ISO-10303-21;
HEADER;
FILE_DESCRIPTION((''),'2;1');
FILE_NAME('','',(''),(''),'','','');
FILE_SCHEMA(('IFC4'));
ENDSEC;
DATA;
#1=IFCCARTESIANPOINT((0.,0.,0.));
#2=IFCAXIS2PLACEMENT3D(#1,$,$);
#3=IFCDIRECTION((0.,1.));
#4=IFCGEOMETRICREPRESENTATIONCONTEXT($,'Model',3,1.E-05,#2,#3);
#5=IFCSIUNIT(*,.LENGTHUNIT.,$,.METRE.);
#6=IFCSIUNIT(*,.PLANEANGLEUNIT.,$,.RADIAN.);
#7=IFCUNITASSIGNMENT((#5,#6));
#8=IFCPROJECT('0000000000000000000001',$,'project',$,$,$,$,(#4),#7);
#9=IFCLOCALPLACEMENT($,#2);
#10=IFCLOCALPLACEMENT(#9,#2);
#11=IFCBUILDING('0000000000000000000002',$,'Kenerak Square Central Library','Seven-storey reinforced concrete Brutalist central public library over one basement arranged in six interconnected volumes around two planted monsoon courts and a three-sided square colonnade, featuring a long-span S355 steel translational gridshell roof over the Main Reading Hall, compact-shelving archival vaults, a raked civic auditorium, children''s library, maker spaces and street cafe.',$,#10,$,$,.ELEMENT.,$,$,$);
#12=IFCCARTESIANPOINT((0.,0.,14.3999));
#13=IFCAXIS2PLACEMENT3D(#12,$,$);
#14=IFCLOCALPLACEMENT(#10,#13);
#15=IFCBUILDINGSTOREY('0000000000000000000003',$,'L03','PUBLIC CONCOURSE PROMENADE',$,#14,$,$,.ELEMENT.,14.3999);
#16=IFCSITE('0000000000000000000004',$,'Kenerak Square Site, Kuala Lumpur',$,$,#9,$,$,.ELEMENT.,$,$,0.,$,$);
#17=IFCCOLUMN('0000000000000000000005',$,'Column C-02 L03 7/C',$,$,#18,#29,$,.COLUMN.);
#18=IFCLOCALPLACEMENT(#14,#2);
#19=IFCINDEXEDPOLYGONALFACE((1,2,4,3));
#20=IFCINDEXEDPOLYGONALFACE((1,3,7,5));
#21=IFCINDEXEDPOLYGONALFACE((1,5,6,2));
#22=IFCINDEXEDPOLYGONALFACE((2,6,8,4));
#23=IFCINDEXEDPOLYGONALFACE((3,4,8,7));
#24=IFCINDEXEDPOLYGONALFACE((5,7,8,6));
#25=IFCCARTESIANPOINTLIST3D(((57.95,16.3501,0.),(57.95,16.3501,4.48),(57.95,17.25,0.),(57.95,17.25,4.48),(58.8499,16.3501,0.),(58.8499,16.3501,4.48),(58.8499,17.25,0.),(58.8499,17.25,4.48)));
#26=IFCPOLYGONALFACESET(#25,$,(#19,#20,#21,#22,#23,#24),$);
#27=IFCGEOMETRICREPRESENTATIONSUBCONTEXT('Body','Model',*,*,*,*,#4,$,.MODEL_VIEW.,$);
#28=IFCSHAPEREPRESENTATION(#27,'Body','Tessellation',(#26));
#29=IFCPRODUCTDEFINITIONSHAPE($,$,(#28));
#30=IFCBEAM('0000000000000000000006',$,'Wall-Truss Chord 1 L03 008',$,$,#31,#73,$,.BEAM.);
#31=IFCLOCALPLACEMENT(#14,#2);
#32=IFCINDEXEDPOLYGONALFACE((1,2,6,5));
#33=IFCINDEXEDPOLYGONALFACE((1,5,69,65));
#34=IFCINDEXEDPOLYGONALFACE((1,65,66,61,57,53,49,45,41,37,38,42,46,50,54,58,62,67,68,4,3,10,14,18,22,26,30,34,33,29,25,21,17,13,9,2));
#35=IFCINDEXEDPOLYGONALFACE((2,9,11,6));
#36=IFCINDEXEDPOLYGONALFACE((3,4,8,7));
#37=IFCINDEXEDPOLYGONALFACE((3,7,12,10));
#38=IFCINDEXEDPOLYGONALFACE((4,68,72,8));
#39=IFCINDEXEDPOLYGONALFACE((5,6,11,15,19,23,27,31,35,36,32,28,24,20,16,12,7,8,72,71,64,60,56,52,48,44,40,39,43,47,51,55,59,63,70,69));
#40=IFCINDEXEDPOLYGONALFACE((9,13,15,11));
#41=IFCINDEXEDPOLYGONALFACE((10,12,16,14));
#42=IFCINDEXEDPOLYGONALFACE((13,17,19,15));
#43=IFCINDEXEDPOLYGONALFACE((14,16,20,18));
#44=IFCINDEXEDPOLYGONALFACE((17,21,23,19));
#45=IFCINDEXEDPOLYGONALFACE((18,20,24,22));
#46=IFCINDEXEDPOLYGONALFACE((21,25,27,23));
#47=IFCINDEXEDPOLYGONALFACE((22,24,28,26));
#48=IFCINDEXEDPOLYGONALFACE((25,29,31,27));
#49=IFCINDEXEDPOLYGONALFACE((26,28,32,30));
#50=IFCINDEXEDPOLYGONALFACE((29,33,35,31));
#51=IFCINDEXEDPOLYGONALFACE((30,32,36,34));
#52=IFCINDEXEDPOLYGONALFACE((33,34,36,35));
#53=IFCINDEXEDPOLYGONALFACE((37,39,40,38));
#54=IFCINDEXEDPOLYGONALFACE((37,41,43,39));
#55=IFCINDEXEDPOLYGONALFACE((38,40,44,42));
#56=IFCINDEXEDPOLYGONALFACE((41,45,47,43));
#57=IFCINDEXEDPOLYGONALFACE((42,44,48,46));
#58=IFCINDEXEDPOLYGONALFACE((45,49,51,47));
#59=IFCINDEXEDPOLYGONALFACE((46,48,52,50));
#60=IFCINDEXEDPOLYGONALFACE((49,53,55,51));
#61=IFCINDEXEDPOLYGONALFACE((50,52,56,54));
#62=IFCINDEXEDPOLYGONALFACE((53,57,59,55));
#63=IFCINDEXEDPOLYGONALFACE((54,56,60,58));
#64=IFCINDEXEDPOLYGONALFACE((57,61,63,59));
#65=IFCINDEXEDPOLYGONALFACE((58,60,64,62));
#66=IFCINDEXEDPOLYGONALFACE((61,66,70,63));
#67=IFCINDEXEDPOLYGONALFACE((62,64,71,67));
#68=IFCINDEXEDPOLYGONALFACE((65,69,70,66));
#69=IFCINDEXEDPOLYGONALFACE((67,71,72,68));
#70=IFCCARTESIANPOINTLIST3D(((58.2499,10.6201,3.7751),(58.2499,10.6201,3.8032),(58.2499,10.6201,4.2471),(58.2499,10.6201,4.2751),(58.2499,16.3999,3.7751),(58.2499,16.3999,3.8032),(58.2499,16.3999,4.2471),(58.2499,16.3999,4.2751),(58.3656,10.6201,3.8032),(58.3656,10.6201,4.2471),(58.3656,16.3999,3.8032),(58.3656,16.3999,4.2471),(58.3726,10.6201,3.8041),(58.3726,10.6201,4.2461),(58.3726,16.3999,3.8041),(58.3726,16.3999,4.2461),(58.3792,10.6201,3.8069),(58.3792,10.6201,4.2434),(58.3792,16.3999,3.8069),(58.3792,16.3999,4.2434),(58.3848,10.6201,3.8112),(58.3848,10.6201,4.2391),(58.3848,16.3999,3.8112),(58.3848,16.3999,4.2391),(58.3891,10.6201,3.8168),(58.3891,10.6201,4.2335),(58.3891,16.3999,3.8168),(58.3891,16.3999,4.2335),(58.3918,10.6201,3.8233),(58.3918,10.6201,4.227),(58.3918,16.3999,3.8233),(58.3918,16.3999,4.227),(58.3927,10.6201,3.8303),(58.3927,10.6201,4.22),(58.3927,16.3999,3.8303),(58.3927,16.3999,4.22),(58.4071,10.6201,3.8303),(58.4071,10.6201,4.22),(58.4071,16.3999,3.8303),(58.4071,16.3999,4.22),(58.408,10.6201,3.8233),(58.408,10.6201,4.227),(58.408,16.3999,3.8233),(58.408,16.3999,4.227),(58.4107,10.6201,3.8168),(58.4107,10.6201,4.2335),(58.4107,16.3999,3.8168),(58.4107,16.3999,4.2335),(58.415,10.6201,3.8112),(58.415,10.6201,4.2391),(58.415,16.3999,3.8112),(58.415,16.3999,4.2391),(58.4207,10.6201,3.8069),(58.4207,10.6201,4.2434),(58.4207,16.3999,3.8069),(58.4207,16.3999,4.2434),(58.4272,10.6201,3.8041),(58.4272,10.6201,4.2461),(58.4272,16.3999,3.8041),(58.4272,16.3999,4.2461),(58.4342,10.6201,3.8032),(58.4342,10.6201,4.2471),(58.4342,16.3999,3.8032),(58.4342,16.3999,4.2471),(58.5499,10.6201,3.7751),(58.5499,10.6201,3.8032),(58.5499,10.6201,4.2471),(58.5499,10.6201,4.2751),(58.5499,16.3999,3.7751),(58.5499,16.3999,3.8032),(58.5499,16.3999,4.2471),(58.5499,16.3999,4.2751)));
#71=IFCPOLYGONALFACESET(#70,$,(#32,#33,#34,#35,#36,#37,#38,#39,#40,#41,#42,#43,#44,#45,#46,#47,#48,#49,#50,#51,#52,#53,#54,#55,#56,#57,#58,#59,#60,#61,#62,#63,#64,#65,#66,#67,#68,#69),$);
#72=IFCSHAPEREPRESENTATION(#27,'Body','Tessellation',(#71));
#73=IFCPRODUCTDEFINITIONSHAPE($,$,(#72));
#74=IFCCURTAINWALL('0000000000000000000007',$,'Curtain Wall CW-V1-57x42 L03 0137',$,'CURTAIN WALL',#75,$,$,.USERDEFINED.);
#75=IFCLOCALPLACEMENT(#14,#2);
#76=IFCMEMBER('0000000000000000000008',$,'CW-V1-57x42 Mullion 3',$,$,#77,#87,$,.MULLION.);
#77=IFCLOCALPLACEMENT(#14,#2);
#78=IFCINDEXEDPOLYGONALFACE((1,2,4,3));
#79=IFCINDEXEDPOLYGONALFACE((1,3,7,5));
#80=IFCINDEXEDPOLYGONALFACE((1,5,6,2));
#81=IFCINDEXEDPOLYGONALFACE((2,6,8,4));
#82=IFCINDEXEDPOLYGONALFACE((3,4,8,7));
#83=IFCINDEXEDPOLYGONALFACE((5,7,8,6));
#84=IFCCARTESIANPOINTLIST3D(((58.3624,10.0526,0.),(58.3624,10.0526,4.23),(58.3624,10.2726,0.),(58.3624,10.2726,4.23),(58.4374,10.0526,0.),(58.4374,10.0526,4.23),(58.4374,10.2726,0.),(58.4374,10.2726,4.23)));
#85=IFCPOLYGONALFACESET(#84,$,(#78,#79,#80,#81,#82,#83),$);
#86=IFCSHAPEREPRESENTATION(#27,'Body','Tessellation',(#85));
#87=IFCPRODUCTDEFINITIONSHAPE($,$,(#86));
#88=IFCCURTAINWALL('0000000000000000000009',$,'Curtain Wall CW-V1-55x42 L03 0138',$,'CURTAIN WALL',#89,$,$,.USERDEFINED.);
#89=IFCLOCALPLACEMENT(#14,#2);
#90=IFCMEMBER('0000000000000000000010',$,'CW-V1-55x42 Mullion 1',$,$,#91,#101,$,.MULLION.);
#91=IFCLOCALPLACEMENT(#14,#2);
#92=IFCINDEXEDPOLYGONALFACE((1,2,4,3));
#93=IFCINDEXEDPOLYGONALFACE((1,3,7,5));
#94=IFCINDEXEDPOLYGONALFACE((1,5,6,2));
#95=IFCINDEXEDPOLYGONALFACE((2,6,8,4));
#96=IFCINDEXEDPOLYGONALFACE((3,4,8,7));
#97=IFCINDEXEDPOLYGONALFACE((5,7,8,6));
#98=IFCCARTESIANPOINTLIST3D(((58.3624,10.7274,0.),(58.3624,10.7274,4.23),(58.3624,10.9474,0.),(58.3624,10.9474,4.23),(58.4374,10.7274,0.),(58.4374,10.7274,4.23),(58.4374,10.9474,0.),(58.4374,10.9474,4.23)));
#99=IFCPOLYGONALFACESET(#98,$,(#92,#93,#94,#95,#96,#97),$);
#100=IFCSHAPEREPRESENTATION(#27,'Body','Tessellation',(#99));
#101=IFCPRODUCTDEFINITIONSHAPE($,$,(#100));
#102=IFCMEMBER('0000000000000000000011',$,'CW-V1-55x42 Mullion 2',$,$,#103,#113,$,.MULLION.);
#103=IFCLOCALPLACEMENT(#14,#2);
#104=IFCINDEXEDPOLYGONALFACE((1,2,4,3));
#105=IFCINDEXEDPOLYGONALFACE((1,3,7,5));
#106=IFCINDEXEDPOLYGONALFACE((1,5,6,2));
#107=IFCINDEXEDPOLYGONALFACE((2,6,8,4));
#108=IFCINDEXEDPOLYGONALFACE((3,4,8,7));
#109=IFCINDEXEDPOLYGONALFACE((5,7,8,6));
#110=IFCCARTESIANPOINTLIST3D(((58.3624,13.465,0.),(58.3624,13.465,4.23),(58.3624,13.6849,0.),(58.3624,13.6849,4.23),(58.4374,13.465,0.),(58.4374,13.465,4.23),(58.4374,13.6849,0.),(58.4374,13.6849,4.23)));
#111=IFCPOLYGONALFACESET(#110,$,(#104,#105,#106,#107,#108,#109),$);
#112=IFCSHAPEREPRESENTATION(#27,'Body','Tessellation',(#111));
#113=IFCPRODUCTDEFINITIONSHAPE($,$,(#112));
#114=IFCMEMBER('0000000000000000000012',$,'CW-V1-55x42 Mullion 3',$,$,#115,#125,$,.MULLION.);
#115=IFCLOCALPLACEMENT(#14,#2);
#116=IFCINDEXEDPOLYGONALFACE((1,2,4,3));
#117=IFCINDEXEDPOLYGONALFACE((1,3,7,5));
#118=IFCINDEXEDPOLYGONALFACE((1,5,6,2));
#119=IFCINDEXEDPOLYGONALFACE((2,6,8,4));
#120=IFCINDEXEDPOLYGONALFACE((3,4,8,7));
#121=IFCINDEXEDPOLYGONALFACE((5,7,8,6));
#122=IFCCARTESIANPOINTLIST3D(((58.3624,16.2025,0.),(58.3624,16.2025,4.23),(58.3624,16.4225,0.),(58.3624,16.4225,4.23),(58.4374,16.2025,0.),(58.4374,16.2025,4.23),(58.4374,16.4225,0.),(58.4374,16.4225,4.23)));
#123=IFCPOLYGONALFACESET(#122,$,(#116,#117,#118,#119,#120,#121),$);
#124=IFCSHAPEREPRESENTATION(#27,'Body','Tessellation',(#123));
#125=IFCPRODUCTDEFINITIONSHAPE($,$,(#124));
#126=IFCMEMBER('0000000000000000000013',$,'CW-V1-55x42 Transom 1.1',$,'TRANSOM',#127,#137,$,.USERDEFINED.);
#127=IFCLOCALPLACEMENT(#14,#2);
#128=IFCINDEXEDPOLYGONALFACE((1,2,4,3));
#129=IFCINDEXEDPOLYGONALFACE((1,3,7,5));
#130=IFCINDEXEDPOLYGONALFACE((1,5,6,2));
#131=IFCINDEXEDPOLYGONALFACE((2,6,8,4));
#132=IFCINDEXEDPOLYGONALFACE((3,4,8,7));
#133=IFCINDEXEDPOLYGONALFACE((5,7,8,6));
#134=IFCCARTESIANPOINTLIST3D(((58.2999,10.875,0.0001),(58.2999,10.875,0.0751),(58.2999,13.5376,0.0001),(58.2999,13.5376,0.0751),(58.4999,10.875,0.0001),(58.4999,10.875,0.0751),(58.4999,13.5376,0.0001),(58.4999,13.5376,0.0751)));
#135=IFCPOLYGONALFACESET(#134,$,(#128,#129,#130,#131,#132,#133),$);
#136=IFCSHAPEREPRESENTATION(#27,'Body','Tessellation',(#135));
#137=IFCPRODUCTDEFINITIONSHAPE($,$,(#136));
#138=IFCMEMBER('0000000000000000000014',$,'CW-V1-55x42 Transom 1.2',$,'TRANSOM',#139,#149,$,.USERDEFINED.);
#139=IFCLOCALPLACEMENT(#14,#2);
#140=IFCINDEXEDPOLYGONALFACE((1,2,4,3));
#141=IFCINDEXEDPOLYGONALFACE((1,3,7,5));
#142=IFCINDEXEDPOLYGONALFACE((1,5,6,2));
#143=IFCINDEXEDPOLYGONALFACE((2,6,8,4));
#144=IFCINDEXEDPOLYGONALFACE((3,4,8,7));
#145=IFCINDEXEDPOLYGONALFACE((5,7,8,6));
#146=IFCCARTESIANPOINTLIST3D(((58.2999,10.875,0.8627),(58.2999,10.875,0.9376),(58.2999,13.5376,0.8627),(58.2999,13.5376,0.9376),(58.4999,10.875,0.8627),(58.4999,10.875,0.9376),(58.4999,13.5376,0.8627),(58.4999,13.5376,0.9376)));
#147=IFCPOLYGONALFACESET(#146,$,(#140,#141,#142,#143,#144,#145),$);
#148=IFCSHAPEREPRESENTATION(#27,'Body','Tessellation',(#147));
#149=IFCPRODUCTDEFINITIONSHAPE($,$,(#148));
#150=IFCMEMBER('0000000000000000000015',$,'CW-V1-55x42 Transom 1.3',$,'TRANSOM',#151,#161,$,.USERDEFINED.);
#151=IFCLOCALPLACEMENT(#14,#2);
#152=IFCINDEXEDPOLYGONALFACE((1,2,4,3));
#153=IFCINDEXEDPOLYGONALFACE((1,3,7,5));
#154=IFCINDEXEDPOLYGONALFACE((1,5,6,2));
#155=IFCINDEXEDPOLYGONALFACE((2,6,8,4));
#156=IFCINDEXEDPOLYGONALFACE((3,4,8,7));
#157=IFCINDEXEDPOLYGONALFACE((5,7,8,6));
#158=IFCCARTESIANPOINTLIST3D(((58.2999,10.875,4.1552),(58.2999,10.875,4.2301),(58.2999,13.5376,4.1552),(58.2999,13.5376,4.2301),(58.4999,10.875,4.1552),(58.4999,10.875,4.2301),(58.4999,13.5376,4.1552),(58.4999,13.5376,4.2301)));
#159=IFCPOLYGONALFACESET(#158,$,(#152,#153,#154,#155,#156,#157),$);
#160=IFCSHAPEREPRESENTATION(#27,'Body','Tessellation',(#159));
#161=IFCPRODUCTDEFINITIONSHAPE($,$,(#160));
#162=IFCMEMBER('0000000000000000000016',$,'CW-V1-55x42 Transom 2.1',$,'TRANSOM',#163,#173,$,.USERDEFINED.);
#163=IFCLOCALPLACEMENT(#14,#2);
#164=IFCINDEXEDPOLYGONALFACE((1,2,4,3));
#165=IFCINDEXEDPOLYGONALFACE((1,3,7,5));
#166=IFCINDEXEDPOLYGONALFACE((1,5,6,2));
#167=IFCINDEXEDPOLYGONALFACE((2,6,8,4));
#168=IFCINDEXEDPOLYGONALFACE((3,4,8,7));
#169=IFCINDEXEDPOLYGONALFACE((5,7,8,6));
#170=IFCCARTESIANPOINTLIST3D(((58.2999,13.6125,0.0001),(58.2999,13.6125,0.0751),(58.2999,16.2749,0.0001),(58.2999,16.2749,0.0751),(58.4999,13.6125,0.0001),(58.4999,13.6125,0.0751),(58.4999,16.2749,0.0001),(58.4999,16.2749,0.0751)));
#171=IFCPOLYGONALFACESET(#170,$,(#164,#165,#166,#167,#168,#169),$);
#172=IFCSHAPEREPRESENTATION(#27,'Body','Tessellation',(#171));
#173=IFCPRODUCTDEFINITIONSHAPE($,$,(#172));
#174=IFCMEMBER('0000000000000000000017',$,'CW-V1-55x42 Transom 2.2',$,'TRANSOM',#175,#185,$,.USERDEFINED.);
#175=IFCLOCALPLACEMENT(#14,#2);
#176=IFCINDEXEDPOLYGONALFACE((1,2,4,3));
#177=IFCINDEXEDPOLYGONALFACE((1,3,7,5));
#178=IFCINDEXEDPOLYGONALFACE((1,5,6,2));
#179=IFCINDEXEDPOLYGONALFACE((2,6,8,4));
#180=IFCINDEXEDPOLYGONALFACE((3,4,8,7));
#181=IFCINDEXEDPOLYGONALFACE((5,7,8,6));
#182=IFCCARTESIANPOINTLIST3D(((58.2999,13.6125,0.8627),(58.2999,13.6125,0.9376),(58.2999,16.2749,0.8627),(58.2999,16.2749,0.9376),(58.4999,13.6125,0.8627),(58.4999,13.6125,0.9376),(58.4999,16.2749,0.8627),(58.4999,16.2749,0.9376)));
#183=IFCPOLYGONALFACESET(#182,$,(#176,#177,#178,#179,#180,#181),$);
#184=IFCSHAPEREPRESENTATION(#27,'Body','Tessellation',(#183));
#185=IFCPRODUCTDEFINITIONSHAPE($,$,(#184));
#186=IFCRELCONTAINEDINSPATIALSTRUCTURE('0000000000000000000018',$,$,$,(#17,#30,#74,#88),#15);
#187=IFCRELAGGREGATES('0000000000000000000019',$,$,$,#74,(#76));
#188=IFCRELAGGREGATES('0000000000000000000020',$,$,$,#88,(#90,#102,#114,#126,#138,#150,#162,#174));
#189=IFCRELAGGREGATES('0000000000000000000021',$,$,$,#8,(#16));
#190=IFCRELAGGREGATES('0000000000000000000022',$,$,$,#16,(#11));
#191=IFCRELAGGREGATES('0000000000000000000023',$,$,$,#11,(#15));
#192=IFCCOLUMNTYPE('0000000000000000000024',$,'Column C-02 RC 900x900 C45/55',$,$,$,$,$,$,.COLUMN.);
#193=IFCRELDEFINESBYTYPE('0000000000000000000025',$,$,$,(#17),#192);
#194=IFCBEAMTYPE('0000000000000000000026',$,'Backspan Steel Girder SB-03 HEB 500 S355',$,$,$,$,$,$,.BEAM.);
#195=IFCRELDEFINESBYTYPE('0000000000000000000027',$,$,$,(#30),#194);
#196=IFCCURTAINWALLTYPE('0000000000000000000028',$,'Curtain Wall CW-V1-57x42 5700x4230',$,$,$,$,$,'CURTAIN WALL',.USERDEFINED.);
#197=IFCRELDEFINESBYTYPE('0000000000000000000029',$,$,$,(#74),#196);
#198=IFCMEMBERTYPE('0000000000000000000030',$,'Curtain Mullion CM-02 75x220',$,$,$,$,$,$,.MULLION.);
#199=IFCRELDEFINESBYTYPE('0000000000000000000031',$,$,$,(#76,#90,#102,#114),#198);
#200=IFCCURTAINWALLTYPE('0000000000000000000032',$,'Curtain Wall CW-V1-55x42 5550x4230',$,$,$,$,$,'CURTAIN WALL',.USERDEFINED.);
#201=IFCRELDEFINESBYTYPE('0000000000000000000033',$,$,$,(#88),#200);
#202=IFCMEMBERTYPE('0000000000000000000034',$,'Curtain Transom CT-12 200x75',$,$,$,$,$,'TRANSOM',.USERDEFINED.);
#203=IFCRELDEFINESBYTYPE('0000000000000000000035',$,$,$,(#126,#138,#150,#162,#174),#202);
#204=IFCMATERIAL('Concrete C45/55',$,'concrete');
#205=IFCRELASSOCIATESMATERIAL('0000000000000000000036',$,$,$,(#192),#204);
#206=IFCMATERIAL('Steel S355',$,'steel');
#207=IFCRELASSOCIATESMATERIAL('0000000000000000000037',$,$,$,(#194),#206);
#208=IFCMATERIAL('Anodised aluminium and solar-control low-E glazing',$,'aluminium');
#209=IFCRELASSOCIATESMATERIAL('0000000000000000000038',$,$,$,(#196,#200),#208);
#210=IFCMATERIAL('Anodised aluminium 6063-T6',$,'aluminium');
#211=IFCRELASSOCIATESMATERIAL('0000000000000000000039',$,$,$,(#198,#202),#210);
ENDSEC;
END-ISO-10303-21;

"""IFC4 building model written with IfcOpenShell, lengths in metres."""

from ifc_helpers import new_model, si_unit, direction, frame, origin, origin_2d, place, context, subcontext, project, spatial, rectangle, i_section, extrude, material, material_profile, profile_set, type_object, element, aggregate, save


model = new_model("IFC4")

# Units and contexts
model_context = context("Model", 3, precision=1e-05, world=origin(), true_north=direction((0.0, 1.0)))
body_context = subcontext(model_context, "Body", "Model", "MODEL_VIEW")
ifc_project = project(units=[si_unit("LENGTHUNIT", "METRE"), si_unit("PLANEANGLEUNIT", "RADIAN")], contexts=[model_context])

# Site, building, storey
site_placement = place(None, origin())
site = spatial("IfcSite", under=ifc_project, at=site_placement, Name="Kenerak Square Site, Kuala Lumpur", CompositionType="ELEMENT", RefElevation=0.0)
building_placement = place(site_placement, origin())
building = spatial("IfcBuilding", under=site, at=building_placement, Name="Kenerak Square Central Library", Description="Seven-storey reinforced concrete Brutalist central public library over one basement arranged in six interconnected volumes around two planted monsoon courts and a three-sided square colonnade, featuring a long-span S355 steel translational gridshell roof over the Main Reading Hall, compact-shelving archival vaults, a raked civic auditorium, children's library, maker spaces and street cafe.", CompositionType="ELEMENT")
storey_placement = place(building_placement, frame((0.0, 0.0, 14.3999)))
storey = spatial("IfcBuildingStorey", under=building, at=storey_placement, Name="L03", Description="PUBLIC CONCOURSE PROMENADE", CompositionType="ELEMENT", Elevation=14.3999)

# Column
ifc_material_1 = material(Name="Concrete C45/55", Category="concrete")
ifc_material_profile_1 = material_profile(ifc_material_1, rectangle(XDim=0.8999, YDim=0.8999, at=origin_2d()), Name="RC 900x900")
ifc_profile_set_1 = profile_set([ifc_material_profile_1], Name="Concrete C45/55")
column_type = type_object("IfcColumnType", Name="Column C-02 RC 900x900 C45/55", PredefinedType="COLUMN", material=ifc_profile_set_1)
column_placement = place(storey_placement, frame((58.3999, 16.8, 0.0), z_axis=(0.0, 0.0, 1.0), x_axis=(1.0, 0.0, 0.0)))
element("IfcColumn", 1, at=column_placement, inside=storey, type_object=column_type, Name="Column C-02 L03 7/C", PredefinedType="COLUMN", context=body_context, shape_type="SweptSolid", body=[
    extrude(rectangle(XDim=0.8999, YDim=0.8999, at=origin_2d()), origin(), (0.0, 0.0, 1.0), 4.48),
])

# Beam
ifc_material_2 = material(Name="Steel S355", Category="steel")
ifc_material_profile_2 = material_profile(ifc_material_2, i_section(OverallWidth=0.3, OverallDepth=0.5, WebThickness=0.0144, FlangeThickness=0.0281, FilletRadius=0.0271, at=origin_2d()), Name="HEB 500")
ifc_profile_set_2 = profile_set([ifc_material_profile_2], Name="Steel S355")
beam_type_1 = type_object("IfcBeamType", Name="Backspan Steel Girder SB-03 HEB 500 S355", PredefinedType="BEAM", material=ifc_profile_set_2)
beam_1_placement = place(storey_placement, frame((58.3999, 10.6201, 4.0251), z_axis=(0.0, 1.0, 0.0), x_axis=(-1.0, 0.0, 0.0)))
element("IfcBeam", 2, at=beam_1_placement, inside=storey, type_object=beam_type_1, Name="Wall-Truss Chord 1 L03 008", PredefinedType="BEAM", context=body_context, shape_type="SweptSolid", body=[
    extrude(i_section(OverallWidth=0.3, OverallDepth=0.5, WebThickness=0.0144, FlangeThickness=0.0281, FilletRadius=0.0271, at=origin_2d()), origin(), (0.0, 0.0, 1.0), 5.7798),
])

# Curtain wall, member
ifc_material_3 = material(Name="Anodised aluminium and solar-control low-E glazing", Category="aluminium")
curtain_wall_type_1 = type_object("IfcCurtainWallType", Name="Curtain Wall CW-V1-57x42 5700x4230", ElementType="CURTAIN WALL", PredefinedType="USERDEFINED", material=ifc_material_3)
curtain_wall_1_placement = place(storey_placement, origin())
curtain_wall_1 = element("IfcCurtainWall", 3, at=curtain_wall_1_placement, inside=storey, type_object=curtain_wall_type_1, Name="Curtain Wall CW-V1-57x42 L03 0137", ObjectType="CURTAIN WALL", PredefinedType="USERDEFINED")
ifc_material_4 = material(Name="Anodised aluminium 6063-T6", Category="aluminium")
ifc_material_profile_3 = material_profile(ifc_material_4, rectangle(XDim=0.075, YDim=0.22, at=origin_2d()), Name="AL MULLION 75x220")
ifc_profile_set_3 = profile_set([ifc_material_profile_3], Name="Anodised aluminium 6063-T6")
member_type_1 = type_object("IfcMemberType", Name="Curtain Mullion CM-02 75x220", PredefinedType="MULLION", material=ifc_profile_set_3)
member_1_placement = place(storey_placement, frame((58.3999, 10.1626, 0.0), z_axis=(0.0, 0.0, 1.0), x_axis=(-1.0, 0.0, 0.0)))
member_1 = element("IfcMember", 4, at=member_1_placement, type_object=member_type_1, Name="CW-V1-57x42 Mullion 3", PredefinedType="MULLION", context=body_context, shape_type="SweptSolid", body=[
    extrude(rectangle(XDim=0.075, YDim=0.22, at=origin_2d()), origin(), (0.0, 0.0, 1.0), 4.23),
])
aggregate(curtain_wall_1, [member_1])

# Curtain wall, members
curtain_wall_type_2 = type_object("IfcCurtainWallType", Name="Curtain Wall CW-V1-55x42 5550x4230", ElementType="CURTAIN WALL", PredefinedType="USERDEFINED", material=ifc_material_3)
curtain_wall_2_placement = place(storey_placement, origin())
curtain_wall_2 = element("IfcCurtainWall", 5, at=curtain_wall_2_placement, inside=storey, type_object=curtain_wall_type_2, Name="Curtain Wall CW-V1-55x42 L03 0138", ObjectType="CURTAIN WALL", PredefinedType="USERDEFINED")
member_2_placement = place(storey_placement, frame((58.3999, 10.8374, 0.0), z_axis=(0.0, 0.0, 1.0), x_axis=(-1.0, 0.0, 0.0)))
member_2 = element("IfcMember", 6, at=member_2_placement, type_object=member_type_1, Name="CW-V1-55x42 Mullion 1", PredefinedType="MULLION", context=body_context, shape_type="SweptSolid", body=[
    extrude(rectangle(XDim=0.075, YDim=0.22, at=origin_2d()), origin(), (0.0, 0.0, 1.0), 4.23),
])
member_3_placement = place(storey_placement, frame((58.3999, 13.575, 0.0), z_axis=(0.0, 0.0, 1.0), x_axis=(-1.0, 0.0, 0.0)))
member_3 = element("IfcMember", 7, at=member_3_placement, type_object=member_type_1, Name="CW-V1-55x42 Mullion 2", PredefinedType="MULLION", context=body_context, shape_type="SweptSolid", body=[
    extrude(rectangle(XDim=0.075, YDim=0.22, at=origin_2d()), origin(), (0.0, 0.0, 1.0), 4.23),
])
member_4_placement = place(storey_placement, frame((58.3999, 16.3125, 0.0), z_axis=(0.0, 0.0, 1.0), x_axis=(-1.0, 0.0, 0.0)))
member_4 = element("IfcMember", 8, at=member_4_placement, type_object=member_type_1, Name="CW-V1-55x42 Mullion 3", PredefinedType="MULLION", context=body_context, shape_type="SweptSolid", body=[
    extrude(rectangle(XDim=0.075, YDim=0.22, at=origin_2d()), origin(), (0.0, 0.0, 1.0), 4.23),
])
ifc_material_profile_4 = material_profile(ifc_material_4, rectangle(XDim=0.2, YDim=0.075, at=origin_2d()), Name="AL TRANSOM 200x75")
ifc_profile_set_4 = profile_set([ifc_material_profile_4], Name="Anodised aluminium 6063-T6")
member_type_2 = type_object("IfcMemberType", Name="Curtain Transom CT-12 200x75", ElementType="TRANSOM", PredefinedType="USERDEFINED", material=ifc_profile_set_4)
member_5_placement = place(storey_placement, frame((58.3999, 10.875, 0.0376), z_axis=(0.0, 1.0, 0.0), x_axis=(-1.0, 0.0, 0.0)))
member_5 = element("IfcMember", 9, at=member_5_placement, type_object=member_type_2, Name="CW-V1-55x42 Transom 1.1", ObjectType="TRANSOM", PredefinedType="USERDEFINED", context=body_context, shape_type="SweptSolid", body=[
    extrude(rectangle(XDim=0.2, YDim=0.075, at=origin_2d()), origin(), (0.0, 0.0, 1.0), 2.6626),
])
member_6_placement = place(storey_placement, frame((58.3999, 10.875, 0.9001), z_axis=(0.0, 1.0, 0.0), x_axis=(-1.0, 0.0, 0.0)))
member_6 = element("IfcMember", 10, at=member_6_placement, type_object=member_type_2, Name="CW-V1-55x42 Transom 1.2", ObjectType="TRANSOM", PredefinedType="USERDEFINED", context=body_context, shape_type="SweptSolid", body=[
    extrude(rectangle(XDim=0.2, YDim=0.075, at=origin_2d()), origin(), (0.0, 0.0, 1.0), 2.6626),
])
member_7_placement = place(storey_placement, frame((58.3999, 10.875, 4.1926), z_axis=(0.0, 1.0, 0.0), x_axis=(-1.0, 0.0, 0.0)))
member_7 = element("IfcMember", 11, at=member_7_placement, type_object=member_type_2, Name="CW-V1-55x42 Transom 1.3", ObjectType="TRANSOM", PredefinedType="USERDEFINED", context=body_context, shape_type="SweptSolid", body=[
    extrude(rectangle(XDim=0.2, YDim=0.075, at=origin_2d()), origin(), (0.0, 0.0, 1.0), 2.6626),
])
member_8_placement = place(storey_placement, frame((58.3999, 13.6125, 0.0376), z_axis=(0.0, 1.0, 0.0), x_axis=(-1.0, 0.0, 0.0)))
member_8 = element("IfcMember", 12, at=member_8_placement, type_object=member_type_2, Name="CW-V1-55x42 Transom 2.1", ObjectType="TRANSOM", PredefinedType="USERDEFINED", context=body_context, shape_type="SweptSolid", body=[
    extrude(rectangle(XDim=0.2, YDim=0.075, at=origin_2d()), origin(), (0.0, 0.0, 1.0), 2.6624),
])
member_9_placement = place(storey_placement, frame((58.3999, 13.6125, 0.9001), z_axis=(0.0, 1.0, 0.0), x_axis=(-1.0, 0.0, 0.0)))
member_9 = element("IfcMember", 13, at=member_9_placement, type_object=member_type_2, Name="CW-V1-55x42 Transom 2.2", ObjectType="TRANSOM", PredefinedType="USERDEFINED", context=body_context, shape_type="SweptSolid", body=[
    extrude(rectangle(XDim=0.2, YDim=0.075, at=origin_2d()), origin(), (0.0, 0.0, 1.0), 2.6624),
])

aggregate(curtain_wall_2, [member_2, member_3, member_4, member_5, member_6, member_7, member_8, member_9])

save(model, "model.ifc")
